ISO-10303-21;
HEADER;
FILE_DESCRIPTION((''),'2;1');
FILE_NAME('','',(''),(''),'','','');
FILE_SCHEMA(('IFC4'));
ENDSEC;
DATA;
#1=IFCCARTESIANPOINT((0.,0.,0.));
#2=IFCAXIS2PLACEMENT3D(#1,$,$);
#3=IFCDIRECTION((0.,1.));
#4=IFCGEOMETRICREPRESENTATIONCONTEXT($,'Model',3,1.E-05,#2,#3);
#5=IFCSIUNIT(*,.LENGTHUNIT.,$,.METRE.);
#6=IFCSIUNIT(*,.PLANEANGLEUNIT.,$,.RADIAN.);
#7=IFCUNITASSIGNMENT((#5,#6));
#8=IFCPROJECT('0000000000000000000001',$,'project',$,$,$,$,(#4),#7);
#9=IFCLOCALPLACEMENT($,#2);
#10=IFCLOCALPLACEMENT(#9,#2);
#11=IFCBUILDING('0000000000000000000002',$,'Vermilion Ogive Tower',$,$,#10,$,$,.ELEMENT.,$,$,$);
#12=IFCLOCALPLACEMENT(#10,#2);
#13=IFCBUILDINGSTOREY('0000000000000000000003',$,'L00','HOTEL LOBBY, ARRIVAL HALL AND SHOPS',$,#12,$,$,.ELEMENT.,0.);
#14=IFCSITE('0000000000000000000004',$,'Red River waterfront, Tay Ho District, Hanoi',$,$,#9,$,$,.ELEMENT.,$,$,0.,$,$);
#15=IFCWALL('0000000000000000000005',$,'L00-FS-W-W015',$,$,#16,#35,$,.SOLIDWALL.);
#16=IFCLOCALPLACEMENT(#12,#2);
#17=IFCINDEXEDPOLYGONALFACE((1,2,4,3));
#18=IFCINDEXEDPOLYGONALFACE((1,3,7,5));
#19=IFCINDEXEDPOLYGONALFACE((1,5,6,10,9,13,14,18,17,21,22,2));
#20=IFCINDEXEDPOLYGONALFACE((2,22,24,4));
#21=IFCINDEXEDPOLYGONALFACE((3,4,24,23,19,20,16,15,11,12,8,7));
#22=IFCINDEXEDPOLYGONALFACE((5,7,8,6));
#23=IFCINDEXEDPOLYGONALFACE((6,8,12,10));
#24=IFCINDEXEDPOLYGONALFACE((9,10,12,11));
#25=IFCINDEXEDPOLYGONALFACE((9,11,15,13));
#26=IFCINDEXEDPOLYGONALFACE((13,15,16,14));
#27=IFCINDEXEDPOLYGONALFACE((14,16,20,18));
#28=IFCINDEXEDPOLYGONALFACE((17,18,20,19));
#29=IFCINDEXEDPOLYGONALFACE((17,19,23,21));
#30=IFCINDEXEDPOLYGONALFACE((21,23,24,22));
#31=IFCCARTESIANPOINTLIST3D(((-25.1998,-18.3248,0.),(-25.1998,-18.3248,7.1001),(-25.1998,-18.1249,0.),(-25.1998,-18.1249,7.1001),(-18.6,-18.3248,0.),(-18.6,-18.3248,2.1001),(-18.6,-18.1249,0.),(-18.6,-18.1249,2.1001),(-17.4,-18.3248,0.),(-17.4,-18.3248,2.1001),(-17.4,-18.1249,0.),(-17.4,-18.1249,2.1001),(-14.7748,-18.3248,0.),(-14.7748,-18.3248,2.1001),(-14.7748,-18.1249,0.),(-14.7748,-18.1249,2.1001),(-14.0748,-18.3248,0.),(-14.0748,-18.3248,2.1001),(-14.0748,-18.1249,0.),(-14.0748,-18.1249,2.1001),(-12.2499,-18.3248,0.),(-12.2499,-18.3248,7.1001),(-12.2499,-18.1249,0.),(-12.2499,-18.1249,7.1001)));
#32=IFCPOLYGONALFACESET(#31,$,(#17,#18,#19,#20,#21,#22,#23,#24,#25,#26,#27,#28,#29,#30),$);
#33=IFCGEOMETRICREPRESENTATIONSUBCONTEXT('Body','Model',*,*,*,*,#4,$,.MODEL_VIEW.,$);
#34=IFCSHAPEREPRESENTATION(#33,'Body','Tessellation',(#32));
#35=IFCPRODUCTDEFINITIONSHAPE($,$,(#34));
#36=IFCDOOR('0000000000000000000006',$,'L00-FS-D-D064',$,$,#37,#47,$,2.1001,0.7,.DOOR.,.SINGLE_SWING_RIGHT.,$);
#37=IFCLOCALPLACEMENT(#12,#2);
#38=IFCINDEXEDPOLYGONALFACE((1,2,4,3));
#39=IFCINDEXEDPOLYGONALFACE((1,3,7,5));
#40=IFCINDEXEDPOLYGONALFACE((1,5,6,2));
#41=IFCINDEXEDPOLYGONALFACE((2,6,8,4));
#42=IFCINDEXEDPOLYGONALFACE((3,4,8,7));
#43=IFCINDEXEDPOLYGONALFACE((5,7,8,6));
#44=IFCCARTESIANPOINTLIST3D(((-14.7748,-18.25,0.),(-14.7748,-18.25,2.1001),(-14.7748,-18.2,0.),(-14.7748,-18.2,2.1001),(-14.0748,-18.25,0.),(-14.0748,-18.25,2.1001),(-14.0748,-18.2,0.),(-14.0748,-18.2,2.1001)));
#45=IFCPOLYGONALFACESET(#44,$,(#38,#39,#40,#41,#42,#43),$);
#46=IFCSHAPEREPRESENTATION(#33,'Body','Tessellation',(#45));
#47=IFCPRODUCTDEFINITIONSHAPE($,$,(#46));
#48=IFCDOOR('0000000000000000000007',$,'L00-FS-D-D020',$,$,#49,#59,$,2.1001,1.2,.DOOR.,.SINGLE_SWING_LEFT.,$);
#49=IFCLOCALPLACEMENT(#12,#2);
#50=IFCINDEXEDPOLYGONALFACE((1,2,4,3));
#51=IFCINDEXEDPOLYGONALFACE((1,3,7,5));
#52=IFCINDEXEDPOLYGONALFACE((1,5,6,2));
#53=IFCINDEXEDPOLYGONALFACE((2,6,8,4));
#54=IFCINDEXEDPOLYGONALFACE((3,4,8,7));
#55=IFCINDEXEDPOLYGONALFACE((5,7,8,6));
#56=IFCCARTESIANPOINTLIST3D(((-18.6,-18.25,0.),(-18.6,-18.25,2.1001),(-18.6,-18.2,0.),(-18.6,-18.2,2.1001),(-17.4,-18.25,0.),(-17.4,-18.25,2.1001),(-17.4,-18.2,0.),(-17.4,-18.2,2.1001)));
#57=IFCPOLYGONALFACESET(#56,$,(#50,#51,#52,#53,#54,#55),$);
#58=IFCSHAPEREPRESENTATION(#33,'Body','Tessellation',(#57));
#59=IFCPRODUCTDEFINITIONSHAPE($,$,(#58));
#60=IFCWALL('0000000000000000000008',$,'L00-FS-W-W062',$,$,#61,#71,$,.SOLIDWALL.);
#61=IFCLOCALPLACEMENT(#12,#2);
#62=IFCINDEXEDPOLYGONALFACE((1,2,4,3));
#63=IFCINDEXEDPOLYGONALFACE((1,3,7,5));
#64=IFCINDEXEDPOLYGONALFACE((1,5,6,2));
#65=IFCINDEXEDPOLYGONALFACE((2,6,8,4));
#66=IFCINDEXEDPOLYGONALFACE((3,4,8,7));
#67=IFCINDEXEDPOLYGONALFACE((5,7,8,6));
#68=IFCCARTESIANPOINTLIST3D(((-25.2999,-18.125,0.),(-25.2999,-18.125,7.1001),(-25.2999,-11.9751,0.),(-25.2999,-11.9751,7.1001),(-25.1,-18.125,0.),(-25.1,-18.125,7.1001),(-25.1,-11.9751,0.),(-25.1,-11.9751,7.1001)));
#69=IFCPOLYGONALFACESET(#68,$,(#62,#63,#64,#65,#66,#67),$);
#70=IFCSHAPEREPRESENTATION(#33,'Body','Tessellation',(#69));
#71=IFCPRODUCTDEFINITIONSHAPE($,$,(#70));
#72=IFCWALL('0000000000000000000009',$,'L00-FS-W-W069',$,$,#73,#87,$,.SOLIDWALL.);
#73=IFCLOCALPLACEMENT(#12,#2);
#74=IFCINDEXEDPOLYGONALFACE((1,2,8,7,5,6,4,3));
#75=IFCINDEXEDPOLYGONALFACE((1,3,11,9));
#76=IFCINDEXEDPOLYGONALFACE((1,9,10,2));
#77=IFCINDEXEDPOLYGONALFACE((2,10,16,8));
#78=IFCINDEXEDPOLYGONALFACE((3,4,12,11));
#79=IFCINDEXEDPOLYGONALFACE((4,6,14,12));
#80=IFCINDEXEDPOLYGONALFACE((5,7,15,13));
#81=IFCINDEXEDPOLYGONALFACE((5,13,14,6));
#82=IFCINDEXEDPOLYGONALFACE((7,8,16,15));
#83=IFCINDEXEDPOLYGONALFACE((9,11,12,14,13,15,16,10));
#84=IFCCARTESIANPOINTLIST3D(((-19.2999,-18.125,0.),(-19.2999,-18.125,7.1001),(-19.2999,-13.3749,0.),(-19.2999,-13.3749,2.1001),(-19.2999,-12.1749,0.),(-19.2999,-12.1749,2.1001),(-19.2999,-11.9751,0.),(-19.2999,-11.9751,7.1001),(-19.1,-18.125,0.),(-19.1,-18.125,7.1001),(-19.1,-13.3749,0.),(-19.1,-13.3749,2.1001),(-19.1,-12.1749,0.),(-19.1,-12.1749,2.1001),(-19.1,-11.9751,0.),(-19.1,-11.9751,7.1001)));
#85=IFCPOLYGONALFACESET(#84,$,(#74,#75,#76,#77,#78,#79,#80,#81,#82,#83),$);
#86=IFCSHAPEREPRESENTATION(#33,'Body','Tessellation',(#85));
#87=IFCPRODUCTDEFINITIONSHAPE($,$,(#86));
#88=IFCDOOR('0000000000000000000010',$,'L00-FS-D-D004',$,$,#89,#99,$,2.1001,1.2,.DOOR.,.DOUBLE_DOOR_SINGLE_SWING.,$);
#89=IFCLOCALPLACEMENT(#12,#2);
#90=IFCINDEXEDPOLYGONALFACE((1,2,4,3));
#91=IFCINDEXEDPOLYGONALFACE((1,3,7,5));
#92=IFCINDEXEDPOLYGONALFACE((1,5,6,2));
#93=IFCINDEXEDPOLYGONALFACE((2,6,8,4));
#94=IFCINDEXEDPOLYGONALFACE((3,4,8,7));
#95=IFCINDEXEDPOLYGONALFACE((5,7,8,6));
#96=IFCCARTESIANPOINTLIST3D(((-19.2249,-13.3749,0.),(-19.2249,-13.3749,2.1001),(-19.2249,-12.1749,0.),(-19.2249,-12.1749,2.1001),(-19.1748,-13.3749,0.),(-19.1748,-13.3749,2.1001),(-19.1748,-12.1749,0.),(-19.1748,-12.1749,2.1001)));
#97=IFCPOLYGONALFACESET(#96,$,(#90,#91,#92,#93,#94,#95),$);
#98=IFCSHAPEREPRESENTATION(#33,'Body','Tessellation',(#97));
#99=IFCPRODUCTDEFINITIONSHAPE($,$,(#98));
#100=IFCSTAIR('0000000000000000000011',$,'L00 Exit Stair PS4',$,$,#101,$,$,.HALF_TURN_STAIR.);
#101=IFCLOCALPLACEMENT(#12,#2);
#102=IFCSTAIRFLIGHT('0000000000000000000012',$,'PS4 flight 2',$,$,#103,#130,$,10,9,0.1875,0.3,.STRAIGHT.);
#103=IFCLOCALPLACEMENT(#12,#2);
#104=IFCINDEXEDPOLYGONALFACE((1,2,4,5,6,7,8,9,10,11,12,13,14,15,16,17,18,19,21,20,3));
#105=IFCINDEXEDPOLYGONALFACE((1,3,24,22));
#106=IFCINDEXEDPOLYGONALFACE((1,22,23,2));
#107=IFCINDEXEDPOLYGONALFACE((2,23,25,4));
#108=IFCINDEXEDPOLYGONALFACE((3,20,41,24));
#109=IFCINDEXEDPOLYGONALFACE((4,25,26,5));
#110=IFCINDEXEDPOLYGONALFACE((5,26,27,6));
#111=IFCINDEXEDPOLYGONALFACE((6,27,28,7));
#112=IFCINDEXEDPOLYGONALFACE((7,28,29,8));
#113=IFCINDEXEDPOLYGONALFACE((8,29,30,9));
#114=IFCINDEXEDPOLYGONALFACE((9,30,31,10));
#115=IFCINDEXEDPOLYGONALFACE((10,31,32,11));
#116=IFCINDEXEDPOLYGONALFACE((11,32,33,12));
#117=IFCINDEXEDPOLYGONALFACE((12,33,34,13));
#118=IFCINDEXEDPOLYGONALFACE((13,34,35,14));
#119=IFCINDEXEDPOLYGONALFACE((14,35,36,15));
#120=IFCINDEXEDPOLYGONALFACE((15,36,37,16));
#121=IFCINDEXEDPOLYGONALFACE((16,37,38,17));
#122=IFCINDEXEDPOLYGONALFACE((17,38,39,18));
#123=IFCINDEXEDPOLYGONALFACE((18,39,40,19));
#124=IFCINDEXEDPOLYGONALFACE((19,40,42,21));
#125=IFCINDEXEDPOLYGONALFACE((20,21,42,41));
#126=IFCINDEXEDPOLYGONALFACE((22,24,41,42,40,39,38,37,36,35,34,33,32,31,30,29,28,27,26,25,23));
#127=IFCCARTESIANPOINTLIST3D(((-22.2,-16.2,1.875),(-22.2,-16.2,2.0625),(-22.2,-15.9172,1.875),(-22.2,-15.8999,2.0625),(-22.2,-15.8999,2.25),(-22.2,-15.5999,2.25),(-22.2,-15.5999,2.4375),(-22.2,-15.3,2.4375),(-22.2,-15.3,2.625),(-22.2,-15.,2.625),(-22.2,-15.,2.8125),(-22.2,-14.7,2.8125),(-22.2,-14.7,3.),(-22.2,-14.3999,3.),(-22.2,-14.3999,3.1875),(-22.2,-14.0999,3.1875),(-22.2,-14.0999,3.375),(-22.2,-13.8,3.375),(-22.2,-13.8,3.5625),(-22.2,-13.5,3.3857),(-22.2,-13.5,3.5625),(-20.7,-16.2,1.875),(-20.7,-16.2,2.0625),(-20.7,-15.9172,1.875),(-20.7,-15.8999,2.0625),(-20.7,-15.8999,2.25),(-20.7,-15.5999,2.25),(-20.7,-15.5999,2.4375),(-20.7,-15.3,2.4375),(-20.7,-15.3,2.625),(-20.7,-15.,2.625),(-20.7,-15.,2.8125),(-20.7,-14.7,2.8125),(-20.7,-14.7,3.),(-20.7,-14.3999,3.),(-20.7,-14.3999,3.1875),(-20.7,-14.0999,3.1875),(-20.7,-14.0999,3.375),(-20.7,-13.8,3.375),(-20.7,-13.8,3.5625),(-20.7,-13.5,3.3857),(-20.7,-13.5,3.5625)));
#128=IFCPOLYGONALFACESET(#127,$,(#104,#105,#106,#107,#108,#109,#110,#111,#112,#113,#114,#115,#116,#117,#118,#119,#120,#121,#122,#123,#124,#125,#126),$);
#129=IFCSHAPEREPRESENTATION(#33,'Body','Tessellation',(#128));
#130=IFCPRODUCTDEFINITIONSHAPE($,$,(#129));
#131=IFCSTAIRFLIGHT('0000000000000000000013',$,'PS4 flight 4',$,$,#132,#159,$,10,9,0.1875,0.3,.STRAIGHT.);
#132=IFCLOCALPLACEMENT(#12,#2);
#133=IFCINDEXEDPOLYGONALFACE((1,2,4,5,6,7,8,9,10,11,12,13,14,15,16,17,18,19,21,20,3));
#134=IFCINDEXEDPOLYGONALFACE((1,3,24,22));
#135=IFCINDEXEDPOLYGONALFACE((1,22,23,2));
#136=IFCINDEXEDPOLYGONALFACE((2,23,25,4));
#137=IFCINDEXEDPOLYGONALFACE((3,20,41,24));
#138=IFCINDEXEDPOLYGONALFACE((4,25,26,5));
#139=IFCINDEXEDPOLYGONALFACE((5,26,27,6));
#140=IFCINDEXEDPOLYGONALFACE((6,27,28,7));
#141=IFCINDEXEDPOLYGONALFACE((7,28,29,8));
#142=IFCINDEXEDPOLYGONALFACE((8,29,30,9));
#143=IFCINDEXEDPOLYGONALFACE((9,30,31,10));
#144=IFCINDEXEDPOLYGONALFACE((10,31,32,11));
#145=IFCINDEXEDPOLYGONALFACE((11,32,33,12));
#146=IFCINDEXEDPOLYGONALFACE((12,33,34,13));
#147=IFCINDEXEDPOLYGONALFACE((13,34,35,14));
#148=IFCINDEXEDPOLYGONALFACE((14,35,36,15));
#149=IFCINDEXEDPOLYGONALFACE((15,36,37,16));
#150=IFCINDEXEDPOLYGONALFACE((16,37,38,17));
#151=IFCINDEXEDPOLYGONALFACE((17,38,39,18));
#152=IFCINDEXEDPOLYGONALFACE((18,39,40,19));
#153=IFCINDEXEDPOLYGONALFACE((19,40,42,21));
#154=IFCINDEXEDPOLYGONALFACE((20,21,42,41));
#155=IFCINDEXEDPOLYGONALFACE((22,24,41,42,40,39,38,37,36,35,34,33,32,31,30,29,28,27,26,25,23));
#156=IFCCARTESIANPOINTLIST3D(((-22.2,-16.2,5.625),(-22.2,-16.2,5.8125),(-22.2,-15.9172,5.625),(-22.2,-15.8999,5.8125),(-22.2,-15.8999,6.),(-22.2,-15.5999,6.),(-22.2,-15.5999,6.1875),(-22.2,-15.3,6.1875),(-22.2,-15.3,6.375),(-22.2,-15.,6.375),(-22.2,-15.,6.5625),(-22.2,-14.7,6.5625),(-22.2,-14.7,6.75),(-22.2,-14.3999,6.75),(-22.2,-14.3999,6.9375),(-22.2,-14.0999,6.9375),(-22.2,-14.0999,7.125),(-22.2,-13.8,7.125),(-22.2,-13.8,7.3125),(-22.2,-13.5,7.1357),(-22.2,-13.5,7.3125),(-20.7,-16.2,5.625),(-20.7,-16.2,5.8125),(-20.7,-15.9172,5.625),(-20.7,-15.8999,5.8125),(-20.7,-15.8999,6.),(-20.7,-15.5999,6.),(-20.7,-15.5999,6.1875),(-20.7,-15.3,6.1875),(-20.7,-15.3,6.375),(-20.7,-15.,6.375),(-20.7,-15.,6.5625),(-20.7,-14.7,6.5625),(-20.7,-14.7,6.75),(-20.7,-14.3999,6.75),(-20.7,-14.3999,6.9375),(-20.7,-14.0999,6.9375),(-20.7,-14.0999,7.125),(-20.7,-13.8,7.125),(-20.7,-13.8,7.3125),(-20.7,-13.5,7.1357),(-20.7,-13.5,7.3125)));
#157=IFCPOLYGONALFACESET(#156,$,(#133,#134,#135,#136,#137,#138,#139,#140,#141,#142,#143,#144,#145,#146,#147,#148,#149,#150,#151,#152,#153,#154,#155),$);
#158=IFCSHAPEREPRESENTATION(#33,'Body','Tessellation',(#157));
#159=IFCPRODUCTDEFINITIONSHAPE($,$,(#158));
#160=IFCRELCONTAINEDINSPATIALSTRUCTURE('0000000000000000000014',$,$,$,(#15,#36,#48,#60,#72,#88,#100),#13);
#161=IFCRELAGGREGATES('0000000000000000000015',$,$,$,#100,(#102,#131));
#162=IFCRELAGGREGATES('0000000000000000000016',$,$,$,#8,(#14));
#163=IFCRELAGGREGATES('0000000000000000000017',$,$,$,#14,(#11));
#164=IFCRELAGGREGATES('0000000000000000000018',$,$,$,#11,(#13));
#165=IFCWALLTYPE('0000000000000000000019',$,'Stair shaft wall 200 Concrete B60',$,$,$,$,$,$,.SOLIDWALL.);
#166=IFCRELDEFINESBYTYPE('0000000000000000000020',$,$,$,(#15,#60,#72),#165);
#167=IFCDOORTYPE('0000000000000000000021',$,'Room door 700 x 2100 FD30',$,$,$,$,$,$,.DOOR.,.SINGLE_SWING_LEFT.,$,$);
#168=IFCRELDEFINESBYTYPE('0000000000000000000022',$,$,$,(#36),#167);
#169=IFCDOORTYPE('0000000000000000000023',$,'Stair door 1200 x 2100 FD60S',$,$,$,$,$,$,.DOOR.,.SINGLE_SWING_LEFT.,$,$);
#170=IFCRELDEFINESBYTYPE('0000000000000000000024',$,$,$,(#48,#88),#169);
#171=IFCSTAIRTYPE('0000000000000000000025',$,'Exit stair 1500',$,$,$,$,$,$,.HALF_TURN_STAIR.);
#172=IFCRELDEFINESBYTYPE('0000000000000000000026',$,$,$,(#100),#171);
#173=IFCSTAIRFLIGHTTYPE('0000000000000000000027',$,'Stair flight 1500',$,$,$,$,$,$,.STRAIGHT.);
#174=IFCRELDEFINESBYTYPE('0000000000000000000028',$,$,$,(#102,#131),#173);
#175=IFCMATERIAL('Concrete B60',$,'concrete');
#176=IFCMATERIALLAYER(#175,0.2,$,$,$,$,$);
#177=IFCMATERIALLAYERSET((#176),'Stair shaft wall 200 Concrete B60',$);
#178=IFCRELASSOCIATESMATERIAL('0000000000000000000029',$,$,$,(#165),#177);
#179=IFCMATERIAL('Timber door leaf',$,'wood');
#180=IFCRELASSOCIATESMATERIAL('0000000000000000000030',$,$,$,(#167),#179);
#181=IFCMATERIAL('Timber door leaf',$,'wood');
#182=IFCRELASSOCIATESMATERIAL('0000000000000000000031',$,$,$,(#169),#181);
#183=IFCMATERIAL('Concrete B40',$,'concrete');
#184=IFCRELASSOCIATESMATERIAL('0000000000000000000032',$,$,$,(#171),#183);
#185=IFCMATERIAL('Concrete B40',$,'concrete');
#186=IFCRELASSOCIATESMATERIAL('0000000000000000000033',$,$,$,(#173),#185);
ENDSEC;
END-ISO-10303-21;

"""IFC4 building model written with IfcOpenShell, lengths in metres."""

from ifc_helpers import new_model, si_unit, direction, frame, frame_2d, origin, place, context, subcontext, project, spatial, polyline, rectangle, outline, extrude, material, layer, layer_set, type_object, element, fill, aggregate, save


model = new_model("IFC4")

# Units and contexts
model_context = context("Model", 3, precision=1e-05, world=origin(), true_north=direction((0.0, 1.0)))
body_context = subcontext(model_context, "Body", "Model", "MODEL_VIEW")
ifc_project = project(units=[si_unit("LENGTHUNIT", "METRE"), si_unit("PLANEANGLEUNIT", "RADIAN")], contexts=[model_context])

# Site, building, storey
site_placement = place(None, origin())
site = spatial("IfcSite", under=ifc_project, at=site_placement, Name="Red River waterfront, Tay Ho District, Hanoi", CompositionType="ELEMENT", RefElevation=0.0)
building_placement = place(site_placement, origin())
building = spatial("IfcBuilding", under=site, at=building_placement, Name="Vermilion Ogive Tower", CompositionType="ELEMENT")
storey_placement = place(building_placement, origin())
storey = spatial("IfcBuildingStorey", under=building, at=storey_placement, Name="L00", Description="HOTEL LOBBY, ARRIVAL HALL AND SHOPS", CompositionType="ELEMENT", Elevation=0.0)

# Wall, openings, doors
ifc_material_1 = material(Name="Concrete B60", Category="concrete")
ifc_layer_1 = layer(ifc_material_1, 0.2)
ifc_layer_set_1 = layer_set([ifc_layer_1], Name="Stair shaft wall 200 Concrete B60")
wall_type_1 = type_object("IfcWallType", Name="Stair shaft wall 200 Concrete B60", PredefinedType="SOLIDWALL", material=ifc_layer_set_1)
wall_1_placement = place(storey_placement, frame((-25.2, -18.2249, 0.0), z_axis=(0.0, 0.0, 1.0), x_axis=(1.0, 0.0, 0.0)))
wall_1 = element("IfcWall", 1, at=wall_1_placement, inside=storey, type_object=wall_type_1, Name="L00-FS-W-W015", PredefinedType="SOLIDWALL", context=body_context, shape_type="SweptSolid", body=[
    extrude(rectangle(XDim=12.95, YDim=0.2, at=frame_2d((6.4751, 0.0))), origin(), (0.0, 0.0, 1.0), 7.1001),
])
opening_1_placement = place(wall_1_placement, frame((6.5999, 0.0, 0.0)))
opening_1 = element("IfcOpeningElement", 2, at=opening_1_placement, cuts=wall_1, PredefinedType="OPENING", context=body_context, shape_type="SweptSolid", body=[
    extrude(rectangle(XDim=1.2, YDim=2.1001, at=frame_2d((0.6001, 1.05))), frame((0.0, 0.1099, 0.0), z_axis=(0.0, -1.0, 0.0), x_axis=(1.0, 0.0, 0.0)), (0.0, 0.0, 1.0), 0.22),
])
opening_2_placement = place(wall_1_placement, frame((10.425, 0.0, 0.0)))
opening_2 = element("IfcOpeningElement", 3, at=opening_2_placement, cuts=wall_1, PredefinedType="OPENING", context=body_context, shape_type="SweptSolid", body=[
    extrude(rectangle(XDim=0.7, YDim=2.1001, at=frame_2d((0.3501, 1.05))), frame((0.0, 0.1099, 0.0), z_axis=(0.0, -1.0, 0.0), x_axis=(1.0, 0.0, 0.0)), (0.0, 0.0, 1.0), 0.22),
])
ifc_material_2 = material(Name="Timber door leaf", Category="wood")
door_type_1 = type_object("IfcDoorType", Name="Room door 700 x 2100 FD30", OperationType="SINGLE_SWING_LEFT", PredefinedType="DOOR", material=ifc_material_2)
door_1_placement = place(opening_2_placement, origin())
door_1 = element("IfcDoor", 4, at=door_1_placement, inside=storey, type_object=door_type_1, Name="L00-FS-D-D064", OperationType="SINGLE_SWING_RIGHT", OverallHeight=2.1001, OverallWidth=0.7, PredefinedType="DOOR", context=body_context, shape_type="SweptSolid", body=[
    extrude(rectangle(XDim=0.7, YDim=2.1001, at=frame_2d((0.3501, 1.05))), frame((0.0, 0.0249, 0.0), z_axis=(0.0, -1.0, 0.0), x_axis=(1.0, 0.0, 0.0)), (0.0, 0.0, 1.0), 0.05),
])
fill(opening_2, door_1)
ifc_material_3 = material(Name="Timber door leaf", Category="wood")
door_type_2 = type_object("IfcDoorType", Name="Stair door 1200 x 2100 FD60S", OperationType="SINGLE_SWING_LEFT", PredefinedType="DOOR", material=ifc_material_3)
door_2_placement = place(opening_1_placement, origin())
door_2 = element("IfcDoor", 5, at=door_2_placement, inside=storey, type_object=door_type_2, Name="L00-FS-D-D020", OperationType="SINGLE_SWING_LEFT", OverallHeight=2.1001, OverallWidth=1.2, PredefinedType="DOOR", context=body_context, shape_type="SweptSolid", body=[
    extrude(rectangle(XDim=1.2, YDim=2.1001, at=frame_2d((0.6001, 1.05))), frame((0.0, 0.0249, 0.0), z_axis=(0.0, -1.0, 0.0), x_axis=(1.0, 0.0, 0.0)), (0.0, 0.0, 1.0), 0.05),
])
fill(opening_1, door_2)

# Wall
wall_2_placement = place(storey_placement, frame((-25.2, -18.125, 0.0), z_axis=(0.0, 0.0, 1.0), x_axis=(0.0, 1.0, 0.0)))
element("IfcWall", 6, at=wall_2_placement, inside=storey, type_object=wall_type_1, Name="L00-FS-W-W062", PredefinedType="SOLIDWALL", context=body_context, shape_type="SweptSolid", body=[
    extrude(rectangle(XDim=6.1499, YDim=0.2, at=frame_2d((3.075, 0.0))), origin(), (0.0, 0.0, 1.0), 7.1001),
])

# Wall, opening, door
wall_3_placement = place(storey_placement, frame((-19.2, -18.125, 0.0), z_axis=(0.0, 0.0, 1.0), x_axis=(0.0, 1.0, 0.0)))
wall_3 = element("IfcWall", 7, at=wall_3_placement, inside=storey, type_object=wall_type_1, Name="L00-FS-W-W069", PredefinedType="SOLIDWALL", context=body_context, shape_type="SweptSolid", body=[
    extrude(rectangle(XDim=6.1499, YDim=0.2, at=frame_2d((3.075, 0.0))), origin(), (0.0, 0.0, 1.0), 7.1001),
])
opening_3_placement = place(wall_3_placement, frame((4.75, 0.0, 0.0)))
opening_3 = element("IfcOpeningElement", 8, at=opening_3_placement, cuts=wall_3, PredefinedType="OPENING", context=body_context, shape_type="SweptSolid", body=[
    extrude(rectangle(XDim=1.2, YDim=2.1001, at=frame_2d((0.6001, 1.05))), frame((0.0, 0.1099, 0.0), z_axis=(0.0, -1.0, 0.0), x_axis=(1.0, 0.0, 0.0)), (0.0, 0.0, 1.0), 0.22),
])
door_3_placement = place(opening_3_placement, origin())
door_3 = element("IfcDoor", 9, at=door_3_placement, inside=storey, type_object=door_type_2, Name="L00-FS-D-D004", OperationType="DOUBLE_DOOR_SINGLE_SWING", OverallHeight=2.1001, OverallWidth=1.2, PredefinedType="DOOR", context=body_context, shape_type="SweptSolid", body=[
    extrude(rectangle(XDim=1.2, YDim=2.1001, at=frame_2d((0.6001, 1.05))), frame((0.0, 0.0249, 0.0), z_axis=(0.0, -1.0, 0.0), x_axis=(1.0, 0.0, 0.0)), (0.0, 0.0, 1.0), 0.05),
])
fill(opening_3, door_3)

# Stair, stair flights
ifc_material_4 = material(Name="Concrete B40", Category="concrete")
stair_type = type_object("IfcStairType", Name="Exit stair 1500", PredefinedType="HALF_TURN_STAIR", material=ifc_material_4)
stair_placement = place(storey_placement, origin())
stair = element("IfcStair", 10, at=stair_placement, inside=storey, type_object=stair_type, Name="L00 Exit Stair PS4", PredefinedType="HALF_TURN_STAIR")
ifc_material_5 = material(Name="Concrete B40", Category="concrete")
stair_flight_type = type_object("IfcStairFlightType", Name="Stair flight 1500", PredefinedType="STRAIGHT", material=ifc_material_5)
stair_flight_1_placement = place(storey_placement, frame((-21.45, -16.2, 1.875), z_axis=(0.0, 0.0, 1.0), x_axis=(0.0, 1.0, 0.0)))
stair_flight_1 = element("IfcStairFlight", 11, at=stair_flight_1_placement, type_object=stair_flight_type, Name="PS4 flight 2", NumberOfRisers=10, NumberOfTreads=9, PredefinedType="STRAIGHT", RiserHeight=0.1875, TreadLength=0.3, context=body_context, shape_type="SweptSolid", body=[
    extrude(outline(polyline([(0.0, 0.0), (0.0, 0.1875), (0.3, 0.1875), (0.3, 0.375), (0.6001, 0.375), (0.6001, 0.5625), (0.8999, 0.5625), (0.8999, 0.75), (1.2, 0.75), (1.2, 0.9375), (1.5, 0.9375), (1.5, 1.125), (1.8, 1.125), (1.8, 1.3125), (2.1001, 1.3125), (2.1001, 1.5), (2.3999, 1.5), (2.3999, 1.6875), (2.7, 1.6875), (2.7, 1.875), (2.7, 1.5107), (0.2827, 0.0), (0.0, 0.0)])), frame((0.0, 0.75, 0.0), z_axis=(0.0, -1.0, 0.0), x_axis=(1.0, 0.0, 0.0)), (0.0, 0.0, 1.0), 1.5),
])
stair_flight_2_placement = place(storey_placement, frame((-21.45, -16.2, 5.625), z_axis=(0.0, 0.0, 1.0), x_axis=(0.0, 1.0, 0.0)))
stair_flight_2 = element("IfcStairFlight", 12, at=stair_flight_2_placement, type_object=stair_flight_type, Name="PS4 flight 4", NumberOfRisers=10, NumberOfTreads=9, PredefinedType="STRAIGHT", RiserHeight=0.1875, TreadLength=0.3, context=body_context, shape_type="SweptSolid", body=[
    extrude(outline(polyline([(0.0, 0.0), (0.0, 0.1875), (0.3, 0.1875), (0.3, 0.375), (0.6001, 0.375), (0.6001, 0.5625), (0.8999, 0.5625), (0.8999, 0.75), (1.2, 0.75), (1.2, 0.9375), (1.5, 0.9375), (1.5, 1.125), (1.8, 1.125), (1.8, 1.3125), (2.1001, 1.3125), (2.1001, 1.5), (2.3999, 1.5), (2.3999, 1.6875), (2.7, 1.6875), (2.7, 1.875), (2.7, 1.5107), (0.2827, 0.0), (0.0, 0.0)])), frame((0.0, 0.75, 0.0), z_axis=(0.0, -1.0, 0.0), x_axis=(1.0, 0.0, 0.0)), (0.0, 0.0, 1.0), 1.5),
])
aggregate(stair, [stair_flight_1, stair_flight_2])

save(model, "model.ifc")
